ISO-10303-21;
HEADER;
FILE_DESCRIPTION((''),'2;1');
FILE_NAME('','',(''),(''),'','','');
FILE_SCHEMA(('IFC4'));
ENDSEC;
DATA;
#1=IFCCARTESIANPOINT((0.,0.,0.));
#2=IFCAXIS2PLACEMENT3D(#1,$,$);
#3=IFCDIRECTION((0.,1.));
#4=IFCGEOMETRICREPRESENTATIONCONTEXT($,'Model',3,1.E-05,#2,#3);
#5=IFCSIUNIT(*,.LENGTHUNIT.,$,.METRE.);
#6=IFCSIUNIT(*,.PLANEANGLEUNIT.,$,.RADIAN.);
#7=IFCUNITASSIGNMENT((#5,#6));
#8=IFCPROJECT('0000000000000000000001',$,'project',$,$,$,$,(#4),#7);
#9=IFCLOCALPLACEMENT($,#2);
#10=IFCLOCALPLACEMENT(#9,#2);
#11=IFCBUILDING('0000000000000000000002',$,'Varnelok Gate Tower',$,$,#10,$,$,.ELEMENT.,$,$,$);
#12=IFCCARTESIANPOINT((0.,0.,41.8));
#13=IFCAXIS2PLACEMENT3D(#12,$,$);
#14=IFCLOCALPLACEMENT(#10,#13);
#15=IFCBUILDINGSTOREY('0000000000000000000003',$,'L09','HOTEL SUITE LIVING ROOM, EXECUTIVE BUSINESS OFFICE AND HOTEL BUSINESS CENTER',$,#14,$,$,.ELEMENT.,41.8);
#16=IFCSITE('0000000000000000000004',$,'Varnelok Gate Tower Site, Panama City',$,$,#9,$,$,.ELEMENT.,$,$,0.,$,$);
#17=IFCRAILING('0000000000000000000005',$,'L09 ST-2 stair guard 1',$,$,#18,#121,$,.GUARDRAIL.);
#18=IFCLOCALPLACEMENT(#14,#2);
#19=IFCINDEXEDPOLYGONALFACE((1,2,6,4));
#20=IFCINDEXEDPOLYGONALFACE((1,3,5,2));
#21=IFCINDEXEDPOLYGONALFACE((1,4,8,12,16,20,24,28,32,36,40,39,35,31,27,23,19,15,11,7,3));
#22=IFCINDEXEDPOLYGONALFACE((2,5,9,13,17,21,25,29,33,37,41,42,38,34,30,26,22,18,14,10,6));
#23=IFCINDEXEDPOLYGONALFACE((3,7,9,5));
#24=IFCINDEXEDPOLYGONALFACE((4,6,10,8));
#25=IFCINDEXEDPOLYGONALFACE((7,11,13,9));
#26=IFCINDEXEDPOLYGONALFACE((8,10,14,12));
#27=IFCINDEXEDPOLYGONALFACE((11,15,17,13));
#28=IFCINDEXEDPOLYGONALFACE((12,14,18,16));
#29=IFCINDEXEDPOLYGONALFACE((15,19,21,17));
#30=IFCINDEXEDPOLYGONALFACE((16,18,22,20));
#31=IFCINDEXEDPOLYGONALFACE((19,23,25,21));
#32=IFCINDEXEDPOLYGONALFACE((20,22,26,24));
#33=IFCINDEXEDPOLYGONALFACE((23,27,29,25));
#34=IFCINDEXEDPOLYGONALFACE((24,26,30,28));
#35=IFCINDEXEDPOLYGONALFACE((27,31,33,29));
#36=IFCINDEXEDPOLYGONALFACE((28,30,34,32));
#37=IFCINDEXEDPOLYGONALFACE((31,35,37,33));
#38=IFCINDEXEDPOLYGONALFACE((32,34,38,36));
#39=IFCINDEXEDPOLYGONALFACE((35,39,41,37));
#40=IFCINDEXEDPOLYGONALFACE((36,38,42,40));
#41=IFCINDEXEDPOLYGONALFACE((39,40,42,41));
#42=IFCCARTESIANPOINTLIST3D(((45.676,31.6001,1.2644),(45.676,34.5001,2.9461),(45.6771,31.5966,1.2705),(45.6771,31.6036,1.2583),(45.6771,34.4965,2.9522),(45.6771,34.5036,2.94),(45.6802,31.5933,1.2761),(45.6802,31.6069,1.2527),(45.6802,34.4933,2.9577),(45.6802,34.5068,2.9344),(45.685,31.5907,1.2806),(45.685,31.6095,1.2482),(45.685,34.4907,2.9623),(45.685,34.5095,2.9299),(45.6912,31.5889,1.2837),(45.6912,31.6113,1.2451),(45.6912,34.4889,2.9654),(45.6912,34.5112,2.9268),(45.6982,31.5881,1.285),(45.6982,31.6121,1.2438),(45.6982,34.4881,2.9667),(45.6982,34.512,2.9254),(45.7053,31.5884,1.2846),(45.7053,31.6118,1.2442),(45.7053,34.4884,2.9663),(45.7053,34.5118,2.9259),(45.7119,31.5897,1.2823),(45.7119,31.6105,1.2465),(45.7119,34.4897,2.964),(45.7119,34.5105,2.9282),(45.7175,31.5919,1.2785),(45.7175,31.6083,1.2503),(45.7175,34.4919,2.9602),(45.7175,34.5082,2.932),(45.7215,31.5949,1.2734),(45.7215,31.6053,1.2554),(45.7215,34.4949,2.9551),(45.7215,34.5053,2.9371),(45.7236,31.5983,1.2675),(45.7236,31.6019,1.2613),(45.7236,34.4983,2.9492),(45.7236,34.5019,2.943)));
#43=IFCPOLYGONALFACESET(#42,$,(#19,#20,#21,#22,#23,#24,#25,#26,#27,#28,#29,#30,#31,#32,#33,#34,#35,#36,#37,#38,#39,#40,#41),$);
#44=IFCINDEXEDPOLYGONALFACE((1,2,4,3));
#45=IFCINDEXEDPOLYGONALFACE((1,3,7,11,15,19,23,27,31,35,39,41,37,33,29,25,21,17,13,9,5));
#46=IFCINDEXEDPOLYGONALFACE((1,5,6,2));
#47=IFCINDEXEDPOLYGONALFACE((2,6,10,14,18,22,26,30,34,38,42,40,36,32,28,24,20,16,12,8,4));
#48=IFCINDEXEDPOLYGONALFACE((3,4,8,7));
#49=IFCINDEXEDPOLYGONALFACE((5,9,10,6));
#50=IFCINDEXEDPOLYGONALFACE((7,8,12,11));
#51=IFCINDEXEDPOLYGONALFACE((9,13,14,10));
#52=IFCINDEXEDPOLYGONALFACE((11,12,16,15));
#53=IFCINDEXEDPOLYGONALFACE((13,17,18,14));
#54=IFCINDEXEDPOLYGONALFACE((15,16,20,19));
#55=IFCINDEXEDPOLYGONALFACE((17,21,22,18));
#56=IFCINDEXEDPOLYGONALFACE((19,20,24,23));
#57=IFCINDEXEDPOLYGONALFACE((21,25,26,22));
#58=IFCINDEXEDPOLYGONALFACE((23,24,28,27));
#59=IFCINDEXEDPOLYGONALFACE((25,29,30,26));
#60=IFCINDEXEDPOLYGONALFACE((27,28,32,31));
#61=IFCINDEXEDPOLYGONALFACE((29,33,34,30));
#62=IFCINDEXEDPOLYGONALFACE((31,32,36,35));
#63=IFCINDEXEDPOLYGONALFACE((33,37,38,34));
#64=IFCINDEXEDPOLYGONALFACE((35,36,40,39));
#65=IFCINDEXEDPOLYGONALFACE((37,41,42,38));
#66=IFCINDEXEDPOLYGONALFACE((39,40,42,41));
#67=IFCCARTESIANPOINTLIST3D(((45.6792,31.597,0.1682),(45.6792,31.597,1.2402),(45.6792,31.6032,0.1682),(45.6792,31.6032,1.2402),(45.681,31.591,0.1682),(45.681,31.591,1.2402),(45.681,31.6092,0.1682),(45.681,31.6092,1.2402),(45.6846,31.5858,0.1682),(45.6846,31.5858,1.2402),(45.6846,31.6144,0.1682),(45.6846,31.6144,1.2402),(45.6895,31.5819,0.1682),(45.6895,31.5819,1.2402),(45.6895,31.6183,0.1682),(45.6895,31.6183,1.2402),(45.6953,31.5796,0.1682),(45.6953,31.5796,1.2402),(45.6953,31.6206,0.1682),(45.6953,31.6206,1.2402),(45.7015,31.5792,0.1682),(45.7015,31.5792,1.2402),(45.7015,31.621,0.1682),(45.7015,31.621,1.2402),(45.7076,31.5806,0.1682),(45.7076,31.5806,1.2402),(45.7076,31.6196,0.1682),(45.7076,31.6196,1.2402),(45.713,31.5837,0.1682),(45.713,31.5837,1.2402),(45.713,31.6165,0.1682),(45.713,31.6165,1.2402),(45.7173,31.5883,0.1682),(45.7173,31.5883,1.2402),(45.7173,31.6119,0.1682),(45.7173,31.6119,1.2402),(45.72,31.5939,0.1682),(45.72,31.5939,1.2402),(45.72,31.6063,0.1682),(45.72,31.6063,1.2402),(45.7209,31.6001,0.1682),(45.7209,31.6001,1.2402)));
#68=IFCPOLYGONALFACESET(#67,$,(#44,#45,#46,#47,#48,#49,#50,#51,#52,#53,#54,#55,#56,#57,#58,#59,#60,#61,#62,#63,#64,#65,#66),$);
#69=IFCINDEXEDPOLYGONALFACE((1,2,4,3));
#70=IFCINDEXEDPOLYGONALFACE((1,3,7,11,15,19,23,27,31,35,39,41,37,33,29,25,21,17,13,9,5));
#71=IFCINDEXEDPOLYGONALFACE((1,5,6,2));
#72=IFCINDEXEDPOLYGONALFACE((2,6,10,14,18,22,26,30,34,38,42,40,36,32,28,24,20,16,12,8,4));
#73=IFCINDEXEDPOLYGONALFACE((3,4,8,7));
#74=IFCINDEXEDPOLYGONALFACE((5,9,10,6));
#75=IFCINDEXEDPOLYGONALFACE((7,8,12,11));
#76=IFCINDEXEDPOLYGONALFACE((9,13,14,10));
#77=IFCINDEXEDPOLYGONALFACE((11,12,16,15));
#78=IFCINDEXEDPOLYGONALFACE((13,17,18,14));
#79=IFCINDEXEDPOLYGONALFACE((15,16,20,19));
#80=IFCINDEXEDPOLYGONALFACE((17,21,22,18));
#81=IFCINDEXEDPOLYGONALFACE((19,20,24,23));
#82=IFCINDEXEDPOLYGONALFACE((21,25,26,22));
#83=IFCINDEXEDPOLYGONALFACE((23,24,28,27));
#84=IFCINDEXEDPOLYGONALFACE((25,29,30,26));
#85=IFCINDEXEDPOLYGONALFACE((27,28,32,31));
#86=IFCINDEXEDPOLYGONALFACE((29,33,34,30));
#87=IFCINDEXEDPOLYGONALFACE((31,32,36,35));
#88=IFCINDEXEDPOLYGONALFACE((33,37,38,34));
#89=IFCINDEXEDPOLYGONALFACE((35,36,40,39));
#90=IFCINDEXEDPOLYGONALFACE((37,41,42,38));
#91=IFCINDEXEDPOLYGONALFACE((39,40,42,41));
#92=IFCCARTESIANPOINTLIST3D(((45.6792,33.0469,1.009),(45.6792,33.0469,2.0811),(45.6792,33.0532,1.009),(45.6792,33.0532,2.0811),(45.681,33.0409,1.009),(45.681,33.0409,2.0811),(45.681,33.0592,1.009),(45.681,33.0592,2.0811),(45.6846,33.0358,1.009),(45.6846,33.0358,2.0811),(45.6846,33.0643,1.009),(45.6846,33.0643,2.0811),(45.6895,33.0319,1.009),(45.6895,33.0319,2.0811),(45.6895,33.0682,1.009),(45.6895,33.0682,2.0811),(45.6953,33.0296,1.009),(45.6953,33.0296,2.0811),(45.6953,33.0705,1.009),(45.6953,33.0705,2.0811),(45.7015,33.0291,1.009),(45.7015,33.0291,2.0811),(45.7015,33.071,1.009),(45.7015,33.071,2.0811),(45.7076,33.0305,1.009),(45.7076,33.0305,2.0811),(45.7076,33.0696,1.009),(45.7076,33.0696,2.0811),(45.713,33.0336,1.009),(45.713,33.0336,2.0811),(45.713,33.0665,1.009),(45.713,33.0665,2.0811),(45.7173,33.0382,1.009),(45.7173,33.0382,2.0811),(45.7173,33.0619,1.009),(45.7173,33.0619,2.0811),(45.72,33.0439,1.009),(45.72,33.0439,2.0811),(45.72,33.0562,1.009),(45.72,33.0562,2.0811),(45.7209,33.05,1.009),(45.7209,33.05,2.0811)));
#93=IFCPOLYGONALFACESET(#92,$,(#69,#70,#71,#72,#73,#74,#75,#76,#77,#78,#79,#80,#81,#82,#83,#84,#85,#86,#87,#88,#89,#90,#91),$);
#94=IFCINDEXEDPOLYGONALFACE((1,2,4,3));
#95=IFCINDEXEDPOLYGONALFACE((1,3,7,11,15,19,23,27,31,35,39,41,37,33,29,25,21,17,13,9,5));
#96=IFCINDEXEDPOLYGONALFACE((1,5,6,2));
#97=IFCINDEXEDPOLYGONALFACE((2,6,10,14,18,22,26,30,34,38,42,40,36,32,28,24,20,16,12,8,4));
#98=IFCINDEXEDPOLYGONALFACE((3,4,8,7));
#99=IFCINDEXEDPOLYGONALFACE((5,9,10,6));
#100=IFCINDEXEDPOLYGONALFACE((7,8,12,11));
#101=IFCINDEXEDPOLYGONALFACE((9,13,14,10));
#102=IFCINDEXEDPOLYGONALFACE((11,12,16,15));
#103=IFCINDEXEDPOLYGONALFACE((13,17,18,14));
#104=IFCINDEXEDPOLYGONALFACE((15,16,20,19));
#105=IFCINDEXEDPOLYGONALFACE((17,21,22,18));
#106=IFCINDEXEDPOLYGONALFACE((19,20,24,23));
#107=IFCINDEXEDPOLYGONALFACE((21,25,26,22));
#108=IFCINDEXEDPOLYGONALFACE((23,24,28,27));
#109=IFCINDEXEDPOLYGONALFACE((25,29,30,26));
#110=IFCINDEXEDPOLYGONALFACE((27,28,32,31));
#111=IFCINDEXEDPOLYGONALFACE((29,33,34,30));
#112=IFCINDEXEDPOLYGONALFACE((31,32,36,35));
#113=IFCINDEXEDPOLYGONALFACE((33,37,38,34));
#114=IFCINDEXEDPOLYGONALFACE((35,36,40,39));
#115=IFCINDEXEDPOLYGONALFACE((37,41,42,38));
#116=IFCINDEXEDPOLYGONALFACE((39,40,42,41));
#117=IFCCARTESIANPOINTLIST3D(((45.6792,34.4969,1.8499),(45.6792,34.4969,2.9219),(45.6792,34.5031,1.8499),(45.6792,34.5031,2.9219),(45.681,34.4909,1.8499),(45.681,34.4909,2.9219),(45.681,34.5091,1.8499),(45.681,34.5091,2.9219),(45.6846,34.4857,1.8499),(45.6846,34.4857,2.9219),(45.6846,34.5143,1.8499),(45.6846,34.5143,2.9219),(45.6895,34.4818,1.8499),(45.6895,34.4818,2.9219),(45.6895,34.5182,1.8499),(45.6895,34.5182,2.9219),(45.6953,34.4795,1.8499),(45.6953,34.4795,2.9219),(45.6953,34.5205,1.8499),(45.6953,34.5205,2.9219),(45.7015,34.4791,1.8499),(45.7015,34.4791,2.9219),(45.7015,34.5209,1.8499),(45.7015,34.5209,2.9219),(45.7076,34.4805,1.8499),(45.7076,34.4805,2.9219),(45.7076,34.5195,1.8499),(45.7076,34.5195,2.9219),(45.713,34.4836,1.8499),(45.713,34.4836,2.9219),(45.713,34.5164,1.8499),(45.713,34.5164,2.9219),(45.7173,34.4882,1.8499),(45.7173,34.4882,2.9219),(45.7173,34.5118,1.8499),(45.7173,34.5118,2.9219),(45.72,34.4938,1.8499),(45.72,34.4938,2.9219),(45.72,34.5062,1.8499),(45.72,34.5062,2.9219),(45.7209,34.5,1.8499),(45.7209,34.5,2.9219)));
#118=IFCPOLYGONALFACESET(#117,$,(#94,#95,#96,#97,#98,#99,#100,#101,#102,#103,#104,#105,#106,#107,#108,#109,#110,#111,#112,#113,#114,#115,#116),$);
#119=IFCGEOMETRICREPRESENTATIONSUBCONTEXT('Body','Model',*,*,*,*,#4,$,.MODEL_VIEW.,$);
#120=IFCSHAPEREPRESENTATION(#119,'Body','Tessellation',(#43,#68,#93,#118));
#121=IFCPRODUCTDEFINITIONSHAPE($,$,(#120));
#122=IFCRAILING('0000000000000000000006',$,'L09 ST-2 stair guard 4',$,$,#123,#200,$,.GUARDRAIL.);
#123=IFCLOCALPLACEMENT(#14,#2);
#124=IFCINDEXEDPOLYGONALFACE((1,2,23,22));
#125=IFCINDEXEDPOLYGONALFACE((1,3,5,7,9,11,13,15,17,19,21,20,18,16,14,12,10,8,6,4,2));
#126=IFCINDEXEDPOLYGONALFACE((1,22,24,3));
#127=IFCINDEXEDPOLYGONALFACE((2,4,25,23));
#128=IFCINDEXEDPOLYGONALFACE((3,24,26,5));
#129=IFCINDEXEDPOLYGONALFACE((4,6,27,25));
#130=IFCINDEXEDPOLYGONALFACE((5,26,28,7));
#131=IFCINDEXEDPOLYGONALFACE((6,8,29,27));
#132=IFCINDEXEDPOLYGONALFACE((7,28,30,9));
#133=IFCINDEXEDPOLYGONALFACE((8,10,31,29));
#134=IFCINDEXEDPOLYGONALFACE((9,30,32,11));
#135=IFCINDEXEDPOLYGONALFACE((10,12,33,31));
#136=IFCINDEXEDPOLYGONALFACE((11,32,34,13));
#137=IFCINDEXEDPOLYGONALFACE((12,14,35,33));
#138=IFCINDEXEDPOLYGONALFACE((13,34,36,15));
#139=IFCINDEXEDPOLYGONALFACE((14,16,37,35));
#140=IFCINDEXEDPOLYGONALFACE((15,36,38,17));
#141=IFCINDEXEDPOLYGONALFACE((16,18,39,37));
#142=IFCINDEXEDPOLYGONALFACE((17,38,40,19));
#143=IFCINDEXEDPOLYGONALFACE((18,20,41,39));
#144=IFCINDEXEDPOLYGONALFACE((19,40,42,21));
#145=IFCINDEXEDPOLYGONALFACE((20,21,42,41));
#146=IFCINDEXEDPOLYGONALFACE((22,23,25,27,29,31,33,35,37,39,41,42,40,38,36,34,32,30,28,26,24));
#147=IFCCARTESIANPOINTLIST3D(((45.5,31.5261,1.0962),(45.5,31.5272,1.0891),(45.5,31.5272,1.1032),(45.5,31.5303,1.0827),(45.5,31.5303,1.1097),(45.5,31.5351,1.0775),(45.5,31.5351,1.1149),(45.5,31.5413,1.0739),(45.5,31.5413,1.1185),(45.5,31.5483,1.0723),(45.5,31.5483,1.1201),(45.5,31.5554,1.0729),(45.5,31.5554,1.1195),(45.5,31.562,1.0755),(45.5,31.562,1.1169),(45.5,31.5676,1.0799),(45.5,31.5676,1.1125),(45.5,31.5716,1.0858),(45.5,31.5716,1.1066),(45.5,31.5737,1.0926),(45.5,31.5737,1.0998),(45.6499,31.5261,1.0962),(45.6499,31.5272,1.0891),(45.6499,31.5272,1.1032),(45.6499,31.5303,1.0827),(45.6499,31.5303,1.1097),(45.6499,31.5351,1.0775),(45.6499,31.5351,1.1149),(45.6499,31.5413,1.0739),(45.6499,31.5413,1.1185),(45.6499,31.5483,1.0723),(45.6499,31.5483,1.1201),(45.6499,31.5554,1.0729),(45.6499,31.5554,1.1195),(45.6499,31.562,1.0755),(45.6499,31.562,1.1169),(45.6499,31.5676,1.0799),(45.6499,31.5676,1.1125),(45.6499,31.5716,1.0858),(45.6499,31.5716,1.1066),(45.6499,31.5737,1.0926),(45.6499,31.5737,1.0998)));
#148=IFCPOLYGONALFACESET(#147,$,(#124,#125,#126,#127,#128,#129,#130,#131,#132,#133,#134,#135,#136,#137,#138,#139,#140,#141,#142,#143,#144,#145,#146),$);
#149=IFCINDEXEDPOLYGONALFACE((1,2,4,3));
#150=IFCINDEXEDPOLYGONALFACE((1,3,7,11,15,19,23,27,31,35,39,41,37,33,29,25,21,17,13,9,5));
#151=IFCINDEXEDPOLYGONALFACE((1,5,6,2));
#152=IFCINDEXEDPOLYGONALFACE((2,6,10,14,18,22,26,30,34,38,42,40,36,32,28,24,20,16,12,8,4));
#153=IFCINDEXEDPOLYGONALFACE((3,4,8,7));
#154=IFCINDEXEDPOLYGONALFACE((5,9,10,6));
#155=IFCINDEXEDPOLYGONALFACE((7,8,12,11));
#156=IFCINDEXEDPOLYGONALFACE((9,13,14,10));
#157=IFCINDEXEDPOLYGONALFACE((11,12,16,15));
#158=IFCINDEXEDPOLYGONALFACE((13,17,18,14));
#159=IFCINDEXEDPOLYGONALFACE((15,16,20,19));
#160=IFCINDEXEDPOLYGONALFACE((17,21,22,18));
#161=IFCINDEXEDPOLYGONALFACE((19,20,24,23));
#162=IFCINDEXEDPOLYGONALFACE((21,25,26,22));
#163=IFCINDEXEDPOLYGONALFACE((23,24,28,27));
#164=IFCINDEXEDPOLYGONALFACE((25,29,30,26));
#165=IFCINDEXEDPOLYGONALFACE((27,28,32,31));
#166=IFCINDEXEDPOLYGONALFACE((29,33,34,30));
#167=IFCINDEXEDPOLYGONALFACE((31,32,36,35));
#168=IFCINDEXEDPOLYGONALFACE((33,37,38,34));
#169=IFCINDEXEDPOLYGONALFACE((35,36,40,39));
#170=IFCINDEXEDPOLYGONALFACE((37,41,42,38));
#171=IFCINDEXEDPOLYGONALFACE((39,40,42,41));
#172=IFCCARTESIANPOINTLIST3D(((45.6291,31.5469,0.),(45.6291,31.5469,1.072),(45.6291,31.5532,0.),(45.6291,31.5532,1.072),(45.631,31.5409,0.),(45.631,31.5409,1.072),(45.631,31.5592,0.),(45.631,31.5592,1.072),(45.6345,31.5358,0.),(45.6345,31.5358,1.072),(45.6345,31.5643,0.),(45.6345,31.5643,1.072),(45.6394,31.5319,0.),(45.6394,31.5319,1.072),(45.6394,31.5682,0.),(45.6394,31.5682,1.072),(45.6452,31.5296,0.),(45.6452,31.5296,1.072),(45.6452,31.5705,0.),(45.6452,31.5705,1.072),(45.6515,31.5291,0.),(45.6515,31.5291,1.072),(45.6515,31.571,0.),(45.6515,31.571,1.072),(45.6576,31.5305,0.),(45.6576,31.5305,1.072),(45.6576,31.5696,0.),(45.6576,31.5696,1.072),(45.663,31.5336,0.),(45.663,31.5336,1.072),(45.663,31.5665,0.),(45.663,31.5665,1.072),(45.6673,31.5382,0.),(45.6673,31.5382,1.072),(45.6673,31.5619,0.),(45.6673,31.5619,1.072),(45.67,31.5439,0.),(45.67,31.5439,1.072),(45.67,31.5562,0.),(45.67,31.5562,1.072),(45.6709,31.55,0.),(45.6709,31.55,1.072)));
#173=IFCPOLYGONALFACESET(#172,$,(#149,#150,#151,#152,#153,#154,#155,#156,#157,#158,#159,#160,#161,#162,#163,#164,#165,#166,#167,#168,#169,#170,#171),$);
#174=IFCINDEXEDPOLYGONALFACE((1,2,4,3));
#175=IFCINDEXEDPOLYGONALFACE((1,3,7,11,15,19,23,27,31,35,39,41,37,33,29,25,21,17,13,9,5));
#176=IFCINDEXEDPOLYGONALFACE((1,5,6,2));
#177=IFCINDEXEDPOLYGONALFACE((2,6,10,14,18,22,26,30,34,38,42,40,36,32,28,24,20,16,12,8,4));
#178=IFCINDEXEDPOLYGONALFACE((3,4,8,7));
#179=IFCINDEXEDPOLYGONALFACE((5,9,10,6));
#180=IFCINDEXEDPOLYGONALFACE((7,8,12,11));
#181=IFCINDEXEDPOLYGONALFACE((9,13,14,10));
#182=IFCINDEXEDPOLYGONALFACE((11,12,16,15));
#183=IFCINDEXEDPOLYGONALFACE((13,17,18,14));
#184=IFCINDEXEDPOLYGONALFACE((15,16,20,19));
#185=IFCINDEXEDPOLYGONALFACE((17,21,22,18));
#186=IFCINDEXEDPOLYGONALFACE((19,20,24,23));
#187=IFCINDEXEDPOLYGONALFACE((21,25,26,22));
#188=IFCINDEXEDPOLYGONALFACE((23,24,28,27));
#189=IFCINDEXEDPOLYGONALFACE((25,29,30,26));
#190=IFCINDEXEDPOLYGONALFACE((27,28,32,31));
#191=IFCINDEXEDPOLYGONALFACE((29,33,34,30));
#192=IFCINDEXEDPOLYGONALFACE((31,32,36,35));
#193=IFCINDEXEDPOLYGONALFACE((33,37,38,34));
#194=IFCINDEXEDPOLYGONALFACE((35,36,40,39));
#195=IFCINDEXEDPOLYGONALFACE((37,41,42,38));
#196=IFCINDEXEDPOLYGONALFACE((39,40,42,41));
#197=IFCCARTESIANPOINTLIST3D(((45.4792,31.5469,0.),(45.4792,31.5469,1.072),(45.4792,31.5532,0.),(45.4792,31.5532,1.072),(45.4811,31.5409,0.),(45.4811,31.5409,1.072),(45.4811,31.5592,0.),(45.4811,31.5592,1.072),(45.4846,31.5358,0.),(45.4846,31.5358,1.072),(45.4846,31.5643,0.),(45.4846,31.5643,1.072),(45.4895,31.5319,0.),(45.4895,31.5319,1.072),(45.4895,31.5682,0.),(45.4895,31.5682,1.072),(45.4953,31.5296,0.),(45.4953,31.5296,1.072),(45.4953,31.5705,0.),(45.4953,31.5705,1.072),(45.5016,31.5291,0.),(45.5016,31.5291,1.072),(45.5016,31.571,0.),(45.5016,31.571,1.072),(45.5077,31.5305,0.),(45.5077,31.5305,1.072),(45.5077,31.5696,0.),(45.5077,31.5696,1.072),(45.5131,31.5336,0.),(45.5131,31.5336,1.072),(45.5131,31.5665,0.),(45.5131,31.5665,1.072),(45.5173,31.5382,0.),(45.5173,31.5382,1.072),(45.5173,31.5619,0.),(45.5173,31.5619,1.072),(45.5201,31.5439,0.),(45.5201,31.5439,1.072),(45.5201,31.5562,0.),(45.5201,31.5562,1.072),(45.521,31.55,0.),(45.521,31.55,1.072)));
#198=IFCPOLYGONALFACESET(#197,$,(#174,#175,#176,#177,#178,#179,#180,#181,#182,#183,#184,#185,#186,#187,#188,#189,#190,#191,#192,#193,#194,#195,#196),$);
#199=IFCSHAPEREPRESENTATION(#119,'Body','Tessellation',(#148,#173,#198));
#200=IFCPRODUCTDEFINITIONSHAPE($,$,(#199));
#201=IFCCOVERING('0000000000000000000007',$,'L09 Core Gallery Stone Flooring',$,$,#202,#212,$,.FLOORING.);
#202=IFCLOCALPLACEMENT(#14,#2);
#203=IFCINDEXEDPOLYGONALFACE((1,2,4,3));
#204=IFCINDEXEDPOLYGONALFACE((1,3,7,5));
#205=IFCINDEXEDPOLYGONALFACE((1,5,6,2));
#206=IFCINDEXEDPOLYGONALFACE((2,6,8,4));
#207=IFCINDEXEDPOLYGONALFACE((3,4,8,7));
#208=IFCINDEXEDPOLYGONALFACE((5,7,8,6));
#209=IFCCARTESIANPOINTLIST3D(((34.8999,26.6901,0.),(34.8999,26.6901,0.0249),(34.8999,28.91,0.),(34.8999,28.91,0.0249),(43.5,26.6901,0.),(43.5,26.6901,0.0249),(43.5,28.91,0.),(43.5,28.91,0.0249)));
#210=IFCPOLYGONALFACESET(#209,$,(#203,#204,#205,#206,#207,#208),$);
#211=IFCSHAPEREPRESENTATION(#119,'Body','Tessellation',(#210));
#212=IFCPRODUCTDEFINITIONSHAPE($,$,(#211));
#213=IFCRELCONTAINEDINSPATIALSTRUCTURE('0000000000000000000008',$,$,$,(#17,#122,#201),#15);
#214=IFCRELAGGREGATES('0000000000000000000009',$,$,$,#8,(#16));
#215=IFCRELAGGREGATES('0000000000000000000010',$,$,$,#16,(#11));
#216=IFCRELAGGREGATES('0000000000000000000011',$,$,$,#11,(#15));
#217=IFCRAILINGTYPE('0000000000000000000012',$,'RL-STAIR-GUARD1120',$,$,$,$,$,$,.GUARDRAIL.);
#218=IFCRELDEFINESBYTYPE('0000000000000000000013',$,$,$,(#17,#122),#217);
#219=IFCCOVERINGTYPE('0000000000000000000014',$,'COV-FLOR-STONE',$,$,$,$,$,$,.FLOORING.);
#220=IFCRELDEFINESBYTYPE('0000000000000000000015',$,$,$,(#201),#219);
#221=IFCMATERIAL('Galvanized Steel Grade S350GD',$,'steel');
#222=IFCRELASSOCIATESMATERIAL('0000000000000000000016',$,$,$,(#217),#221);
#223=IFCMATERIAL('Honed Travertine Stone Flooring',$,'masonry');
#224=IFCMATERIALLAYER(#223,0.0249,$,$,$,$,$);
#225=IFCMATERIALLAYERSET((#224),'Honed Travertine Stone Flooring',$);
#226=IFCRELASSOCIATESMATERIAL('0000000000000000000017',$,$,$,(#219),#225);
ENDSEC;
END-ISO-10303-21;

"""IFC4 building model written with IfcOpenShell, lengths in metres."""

from ifc_helpers import new_model, si_unit, direction, frame, origin, origin_2d, place, context, subcontext, project, spatial, rectangle, circle, extrude, source, transform, mapped, material, layer, layer_set, type_object, element, save


model = new_model("IFC4")

# Units and contexts
model_context = context("Model", 3, precision=1e-05, world=origin(), true_north=direction((0.0, 1.0)))
body_context = subcontext(model_context, "Body", "Model", "MODEL_VIEW")
ifc_project = project(units=[si_unit("LENGTHUNIT", "METRE"), si_unit("PLANEANGLEUNIT", "RADIAN")], contexts=[model_context])

# Site, building, storey
site_placement = place(None, origin())
site = spatial("IfcSite", under=ifc_project, at=site_placement, Name="Varnelok Gate Tower Site, Panama City", CompositionType="ELEMENT", RefElevation=0.0)
building_placement = place(site_placement, origin())
building = spatial("IfcBuilding", under=site, at=building_placement, Name="Varnelok Gate Tower", CompositionType="ELEMENT")
storey_placement = place(building_placement, frame((0.0, 0.0, 41.8)))
storey = spatial("IfcBuildingStorey", under=building, at=storey_placement, Name="L09", Description="HOTEL SUITE LIVING ROOM, EXECUTIVE BUSINESS OFFICE AND HOTEL BUSINESS CENTER", CompositionType="ELEMENT", Elevation=41.8)

# Shared definitions
ifc_material_1 = material(Name="Galvanized Steel Grade S350GD", Category="steel")

# Railings
railing_type_1 = type_object("IfcRailingType", Name="RL-STAIR-GUARD1120", PredefinedType="GUARDRAIL", material=ifc_material_1)
railing_1_placement = place(storey_placement, frame((45.7, 31.6001, 0.1682)))
element("IfcRailing", 1, at=railing_1_placement, inside=storey, type_object=railing_type_1, Name="L09 ST-2 stair guard 1", PredefinedType="GUARDRAIL", context=body_context, shape_type="SweptSolid", body=[
    extrude(circle(Radius=0.0239, at=origin_2d()), frame((0.0, 0.0, 1.0962), z_axis=(0.0, 0.86507, 0.501651), x_axis=(-1.0, 0.0, 0.0)), (0.0, 0.0, 1.0), 3.3523),
    extrude(circle(Radius=0.021, at=origin_2d()), origin(), (0.0, 0.0, 1.0), 1.072),
    extrude(circle(Radius=0.021, at=origin_2d()), frame((0.0, 1.45, 0.8408)), (0.0, 0.0, 1.0), 1.072),
    extrude(circle(Radius=0.021, at=origin_2d()), frame((0.0, 2.8999, 1.6816)), (0.0, 0.0, 1.0), 1.072),
])
railing_2_placement = place(storey_placement, frame((45.6499, 31.55, 0.0)))
element("IfcRailing", 2, at=railing_2_placement, inside=storey, type_object=railing_type_1, Name="L09 ST-2 stair guard 4", PredefinedType="GUARDRAIL", context=body_context, shape_type="SweptSolid", body=[
    extrude(circle(Radius=0.0239, at=origin_2d()), frame((0.0, 0.0, 1.0962), z_axis=(-1.0, 0.0, 0.0), x_axis=(0.0, -1.0, 0.0)), (0.0, 0.0, 1.0), 0.1499),
    extrude(circle(Radius=0.021, at=origin_2d()), origin(), (0.0, 0.0, 1.0), 1.072),
    extrude(circle(Radius=0.021, at=origin_2d()), frame((-0.1499, 0.0, 0.0)), (0.0, 0.0, 1.0), 1.072),
])

# Covering
ifc_material_2 = material(Name="Honed Travertine Stone Flooring", Category="masonry")
ifc_layer_1 = layer(ifc_material_2, 0.0249)
ifc_layer_set_1 = layer_set([ifc_layer_1], Name="Honed Travertine Stone Flooring")
covering_type_1 = type_object("IfcCoveringType", Name="COV-FLOR-STONE", PredefinedType="FLOORING", material=ifc_layer_set_1)
shared_shape_1 = source(origin(), body_context, "Body", "SweptSolid", [
    extrude(rectangle(XDim=8.6001, YDim=2.22, at=origin_2d()), origin(), (0.0, 0.0, 1.0), 0.0249),
])
covering_1_placement = place(storey_placement, frame((39.2, 27.8, 0.0), z_axis=(0.0, 0.0, 1.0), x_axis=(1.0, 0.0, 0.0)))
element("IfcCovering", 3, at=covering_1_placement, inside=storey, type_object=covering_type_1, Name="L09 Core Gallery Stone Flooring", PredefinedType="FLOORING", context=body_context, shape_type="MappedRepresentation", body=[
    mapped(shared_shape_1, transform((0.0, 0.0, 0.0), scale=1.0)),
])

save(model, "model.ifc")
